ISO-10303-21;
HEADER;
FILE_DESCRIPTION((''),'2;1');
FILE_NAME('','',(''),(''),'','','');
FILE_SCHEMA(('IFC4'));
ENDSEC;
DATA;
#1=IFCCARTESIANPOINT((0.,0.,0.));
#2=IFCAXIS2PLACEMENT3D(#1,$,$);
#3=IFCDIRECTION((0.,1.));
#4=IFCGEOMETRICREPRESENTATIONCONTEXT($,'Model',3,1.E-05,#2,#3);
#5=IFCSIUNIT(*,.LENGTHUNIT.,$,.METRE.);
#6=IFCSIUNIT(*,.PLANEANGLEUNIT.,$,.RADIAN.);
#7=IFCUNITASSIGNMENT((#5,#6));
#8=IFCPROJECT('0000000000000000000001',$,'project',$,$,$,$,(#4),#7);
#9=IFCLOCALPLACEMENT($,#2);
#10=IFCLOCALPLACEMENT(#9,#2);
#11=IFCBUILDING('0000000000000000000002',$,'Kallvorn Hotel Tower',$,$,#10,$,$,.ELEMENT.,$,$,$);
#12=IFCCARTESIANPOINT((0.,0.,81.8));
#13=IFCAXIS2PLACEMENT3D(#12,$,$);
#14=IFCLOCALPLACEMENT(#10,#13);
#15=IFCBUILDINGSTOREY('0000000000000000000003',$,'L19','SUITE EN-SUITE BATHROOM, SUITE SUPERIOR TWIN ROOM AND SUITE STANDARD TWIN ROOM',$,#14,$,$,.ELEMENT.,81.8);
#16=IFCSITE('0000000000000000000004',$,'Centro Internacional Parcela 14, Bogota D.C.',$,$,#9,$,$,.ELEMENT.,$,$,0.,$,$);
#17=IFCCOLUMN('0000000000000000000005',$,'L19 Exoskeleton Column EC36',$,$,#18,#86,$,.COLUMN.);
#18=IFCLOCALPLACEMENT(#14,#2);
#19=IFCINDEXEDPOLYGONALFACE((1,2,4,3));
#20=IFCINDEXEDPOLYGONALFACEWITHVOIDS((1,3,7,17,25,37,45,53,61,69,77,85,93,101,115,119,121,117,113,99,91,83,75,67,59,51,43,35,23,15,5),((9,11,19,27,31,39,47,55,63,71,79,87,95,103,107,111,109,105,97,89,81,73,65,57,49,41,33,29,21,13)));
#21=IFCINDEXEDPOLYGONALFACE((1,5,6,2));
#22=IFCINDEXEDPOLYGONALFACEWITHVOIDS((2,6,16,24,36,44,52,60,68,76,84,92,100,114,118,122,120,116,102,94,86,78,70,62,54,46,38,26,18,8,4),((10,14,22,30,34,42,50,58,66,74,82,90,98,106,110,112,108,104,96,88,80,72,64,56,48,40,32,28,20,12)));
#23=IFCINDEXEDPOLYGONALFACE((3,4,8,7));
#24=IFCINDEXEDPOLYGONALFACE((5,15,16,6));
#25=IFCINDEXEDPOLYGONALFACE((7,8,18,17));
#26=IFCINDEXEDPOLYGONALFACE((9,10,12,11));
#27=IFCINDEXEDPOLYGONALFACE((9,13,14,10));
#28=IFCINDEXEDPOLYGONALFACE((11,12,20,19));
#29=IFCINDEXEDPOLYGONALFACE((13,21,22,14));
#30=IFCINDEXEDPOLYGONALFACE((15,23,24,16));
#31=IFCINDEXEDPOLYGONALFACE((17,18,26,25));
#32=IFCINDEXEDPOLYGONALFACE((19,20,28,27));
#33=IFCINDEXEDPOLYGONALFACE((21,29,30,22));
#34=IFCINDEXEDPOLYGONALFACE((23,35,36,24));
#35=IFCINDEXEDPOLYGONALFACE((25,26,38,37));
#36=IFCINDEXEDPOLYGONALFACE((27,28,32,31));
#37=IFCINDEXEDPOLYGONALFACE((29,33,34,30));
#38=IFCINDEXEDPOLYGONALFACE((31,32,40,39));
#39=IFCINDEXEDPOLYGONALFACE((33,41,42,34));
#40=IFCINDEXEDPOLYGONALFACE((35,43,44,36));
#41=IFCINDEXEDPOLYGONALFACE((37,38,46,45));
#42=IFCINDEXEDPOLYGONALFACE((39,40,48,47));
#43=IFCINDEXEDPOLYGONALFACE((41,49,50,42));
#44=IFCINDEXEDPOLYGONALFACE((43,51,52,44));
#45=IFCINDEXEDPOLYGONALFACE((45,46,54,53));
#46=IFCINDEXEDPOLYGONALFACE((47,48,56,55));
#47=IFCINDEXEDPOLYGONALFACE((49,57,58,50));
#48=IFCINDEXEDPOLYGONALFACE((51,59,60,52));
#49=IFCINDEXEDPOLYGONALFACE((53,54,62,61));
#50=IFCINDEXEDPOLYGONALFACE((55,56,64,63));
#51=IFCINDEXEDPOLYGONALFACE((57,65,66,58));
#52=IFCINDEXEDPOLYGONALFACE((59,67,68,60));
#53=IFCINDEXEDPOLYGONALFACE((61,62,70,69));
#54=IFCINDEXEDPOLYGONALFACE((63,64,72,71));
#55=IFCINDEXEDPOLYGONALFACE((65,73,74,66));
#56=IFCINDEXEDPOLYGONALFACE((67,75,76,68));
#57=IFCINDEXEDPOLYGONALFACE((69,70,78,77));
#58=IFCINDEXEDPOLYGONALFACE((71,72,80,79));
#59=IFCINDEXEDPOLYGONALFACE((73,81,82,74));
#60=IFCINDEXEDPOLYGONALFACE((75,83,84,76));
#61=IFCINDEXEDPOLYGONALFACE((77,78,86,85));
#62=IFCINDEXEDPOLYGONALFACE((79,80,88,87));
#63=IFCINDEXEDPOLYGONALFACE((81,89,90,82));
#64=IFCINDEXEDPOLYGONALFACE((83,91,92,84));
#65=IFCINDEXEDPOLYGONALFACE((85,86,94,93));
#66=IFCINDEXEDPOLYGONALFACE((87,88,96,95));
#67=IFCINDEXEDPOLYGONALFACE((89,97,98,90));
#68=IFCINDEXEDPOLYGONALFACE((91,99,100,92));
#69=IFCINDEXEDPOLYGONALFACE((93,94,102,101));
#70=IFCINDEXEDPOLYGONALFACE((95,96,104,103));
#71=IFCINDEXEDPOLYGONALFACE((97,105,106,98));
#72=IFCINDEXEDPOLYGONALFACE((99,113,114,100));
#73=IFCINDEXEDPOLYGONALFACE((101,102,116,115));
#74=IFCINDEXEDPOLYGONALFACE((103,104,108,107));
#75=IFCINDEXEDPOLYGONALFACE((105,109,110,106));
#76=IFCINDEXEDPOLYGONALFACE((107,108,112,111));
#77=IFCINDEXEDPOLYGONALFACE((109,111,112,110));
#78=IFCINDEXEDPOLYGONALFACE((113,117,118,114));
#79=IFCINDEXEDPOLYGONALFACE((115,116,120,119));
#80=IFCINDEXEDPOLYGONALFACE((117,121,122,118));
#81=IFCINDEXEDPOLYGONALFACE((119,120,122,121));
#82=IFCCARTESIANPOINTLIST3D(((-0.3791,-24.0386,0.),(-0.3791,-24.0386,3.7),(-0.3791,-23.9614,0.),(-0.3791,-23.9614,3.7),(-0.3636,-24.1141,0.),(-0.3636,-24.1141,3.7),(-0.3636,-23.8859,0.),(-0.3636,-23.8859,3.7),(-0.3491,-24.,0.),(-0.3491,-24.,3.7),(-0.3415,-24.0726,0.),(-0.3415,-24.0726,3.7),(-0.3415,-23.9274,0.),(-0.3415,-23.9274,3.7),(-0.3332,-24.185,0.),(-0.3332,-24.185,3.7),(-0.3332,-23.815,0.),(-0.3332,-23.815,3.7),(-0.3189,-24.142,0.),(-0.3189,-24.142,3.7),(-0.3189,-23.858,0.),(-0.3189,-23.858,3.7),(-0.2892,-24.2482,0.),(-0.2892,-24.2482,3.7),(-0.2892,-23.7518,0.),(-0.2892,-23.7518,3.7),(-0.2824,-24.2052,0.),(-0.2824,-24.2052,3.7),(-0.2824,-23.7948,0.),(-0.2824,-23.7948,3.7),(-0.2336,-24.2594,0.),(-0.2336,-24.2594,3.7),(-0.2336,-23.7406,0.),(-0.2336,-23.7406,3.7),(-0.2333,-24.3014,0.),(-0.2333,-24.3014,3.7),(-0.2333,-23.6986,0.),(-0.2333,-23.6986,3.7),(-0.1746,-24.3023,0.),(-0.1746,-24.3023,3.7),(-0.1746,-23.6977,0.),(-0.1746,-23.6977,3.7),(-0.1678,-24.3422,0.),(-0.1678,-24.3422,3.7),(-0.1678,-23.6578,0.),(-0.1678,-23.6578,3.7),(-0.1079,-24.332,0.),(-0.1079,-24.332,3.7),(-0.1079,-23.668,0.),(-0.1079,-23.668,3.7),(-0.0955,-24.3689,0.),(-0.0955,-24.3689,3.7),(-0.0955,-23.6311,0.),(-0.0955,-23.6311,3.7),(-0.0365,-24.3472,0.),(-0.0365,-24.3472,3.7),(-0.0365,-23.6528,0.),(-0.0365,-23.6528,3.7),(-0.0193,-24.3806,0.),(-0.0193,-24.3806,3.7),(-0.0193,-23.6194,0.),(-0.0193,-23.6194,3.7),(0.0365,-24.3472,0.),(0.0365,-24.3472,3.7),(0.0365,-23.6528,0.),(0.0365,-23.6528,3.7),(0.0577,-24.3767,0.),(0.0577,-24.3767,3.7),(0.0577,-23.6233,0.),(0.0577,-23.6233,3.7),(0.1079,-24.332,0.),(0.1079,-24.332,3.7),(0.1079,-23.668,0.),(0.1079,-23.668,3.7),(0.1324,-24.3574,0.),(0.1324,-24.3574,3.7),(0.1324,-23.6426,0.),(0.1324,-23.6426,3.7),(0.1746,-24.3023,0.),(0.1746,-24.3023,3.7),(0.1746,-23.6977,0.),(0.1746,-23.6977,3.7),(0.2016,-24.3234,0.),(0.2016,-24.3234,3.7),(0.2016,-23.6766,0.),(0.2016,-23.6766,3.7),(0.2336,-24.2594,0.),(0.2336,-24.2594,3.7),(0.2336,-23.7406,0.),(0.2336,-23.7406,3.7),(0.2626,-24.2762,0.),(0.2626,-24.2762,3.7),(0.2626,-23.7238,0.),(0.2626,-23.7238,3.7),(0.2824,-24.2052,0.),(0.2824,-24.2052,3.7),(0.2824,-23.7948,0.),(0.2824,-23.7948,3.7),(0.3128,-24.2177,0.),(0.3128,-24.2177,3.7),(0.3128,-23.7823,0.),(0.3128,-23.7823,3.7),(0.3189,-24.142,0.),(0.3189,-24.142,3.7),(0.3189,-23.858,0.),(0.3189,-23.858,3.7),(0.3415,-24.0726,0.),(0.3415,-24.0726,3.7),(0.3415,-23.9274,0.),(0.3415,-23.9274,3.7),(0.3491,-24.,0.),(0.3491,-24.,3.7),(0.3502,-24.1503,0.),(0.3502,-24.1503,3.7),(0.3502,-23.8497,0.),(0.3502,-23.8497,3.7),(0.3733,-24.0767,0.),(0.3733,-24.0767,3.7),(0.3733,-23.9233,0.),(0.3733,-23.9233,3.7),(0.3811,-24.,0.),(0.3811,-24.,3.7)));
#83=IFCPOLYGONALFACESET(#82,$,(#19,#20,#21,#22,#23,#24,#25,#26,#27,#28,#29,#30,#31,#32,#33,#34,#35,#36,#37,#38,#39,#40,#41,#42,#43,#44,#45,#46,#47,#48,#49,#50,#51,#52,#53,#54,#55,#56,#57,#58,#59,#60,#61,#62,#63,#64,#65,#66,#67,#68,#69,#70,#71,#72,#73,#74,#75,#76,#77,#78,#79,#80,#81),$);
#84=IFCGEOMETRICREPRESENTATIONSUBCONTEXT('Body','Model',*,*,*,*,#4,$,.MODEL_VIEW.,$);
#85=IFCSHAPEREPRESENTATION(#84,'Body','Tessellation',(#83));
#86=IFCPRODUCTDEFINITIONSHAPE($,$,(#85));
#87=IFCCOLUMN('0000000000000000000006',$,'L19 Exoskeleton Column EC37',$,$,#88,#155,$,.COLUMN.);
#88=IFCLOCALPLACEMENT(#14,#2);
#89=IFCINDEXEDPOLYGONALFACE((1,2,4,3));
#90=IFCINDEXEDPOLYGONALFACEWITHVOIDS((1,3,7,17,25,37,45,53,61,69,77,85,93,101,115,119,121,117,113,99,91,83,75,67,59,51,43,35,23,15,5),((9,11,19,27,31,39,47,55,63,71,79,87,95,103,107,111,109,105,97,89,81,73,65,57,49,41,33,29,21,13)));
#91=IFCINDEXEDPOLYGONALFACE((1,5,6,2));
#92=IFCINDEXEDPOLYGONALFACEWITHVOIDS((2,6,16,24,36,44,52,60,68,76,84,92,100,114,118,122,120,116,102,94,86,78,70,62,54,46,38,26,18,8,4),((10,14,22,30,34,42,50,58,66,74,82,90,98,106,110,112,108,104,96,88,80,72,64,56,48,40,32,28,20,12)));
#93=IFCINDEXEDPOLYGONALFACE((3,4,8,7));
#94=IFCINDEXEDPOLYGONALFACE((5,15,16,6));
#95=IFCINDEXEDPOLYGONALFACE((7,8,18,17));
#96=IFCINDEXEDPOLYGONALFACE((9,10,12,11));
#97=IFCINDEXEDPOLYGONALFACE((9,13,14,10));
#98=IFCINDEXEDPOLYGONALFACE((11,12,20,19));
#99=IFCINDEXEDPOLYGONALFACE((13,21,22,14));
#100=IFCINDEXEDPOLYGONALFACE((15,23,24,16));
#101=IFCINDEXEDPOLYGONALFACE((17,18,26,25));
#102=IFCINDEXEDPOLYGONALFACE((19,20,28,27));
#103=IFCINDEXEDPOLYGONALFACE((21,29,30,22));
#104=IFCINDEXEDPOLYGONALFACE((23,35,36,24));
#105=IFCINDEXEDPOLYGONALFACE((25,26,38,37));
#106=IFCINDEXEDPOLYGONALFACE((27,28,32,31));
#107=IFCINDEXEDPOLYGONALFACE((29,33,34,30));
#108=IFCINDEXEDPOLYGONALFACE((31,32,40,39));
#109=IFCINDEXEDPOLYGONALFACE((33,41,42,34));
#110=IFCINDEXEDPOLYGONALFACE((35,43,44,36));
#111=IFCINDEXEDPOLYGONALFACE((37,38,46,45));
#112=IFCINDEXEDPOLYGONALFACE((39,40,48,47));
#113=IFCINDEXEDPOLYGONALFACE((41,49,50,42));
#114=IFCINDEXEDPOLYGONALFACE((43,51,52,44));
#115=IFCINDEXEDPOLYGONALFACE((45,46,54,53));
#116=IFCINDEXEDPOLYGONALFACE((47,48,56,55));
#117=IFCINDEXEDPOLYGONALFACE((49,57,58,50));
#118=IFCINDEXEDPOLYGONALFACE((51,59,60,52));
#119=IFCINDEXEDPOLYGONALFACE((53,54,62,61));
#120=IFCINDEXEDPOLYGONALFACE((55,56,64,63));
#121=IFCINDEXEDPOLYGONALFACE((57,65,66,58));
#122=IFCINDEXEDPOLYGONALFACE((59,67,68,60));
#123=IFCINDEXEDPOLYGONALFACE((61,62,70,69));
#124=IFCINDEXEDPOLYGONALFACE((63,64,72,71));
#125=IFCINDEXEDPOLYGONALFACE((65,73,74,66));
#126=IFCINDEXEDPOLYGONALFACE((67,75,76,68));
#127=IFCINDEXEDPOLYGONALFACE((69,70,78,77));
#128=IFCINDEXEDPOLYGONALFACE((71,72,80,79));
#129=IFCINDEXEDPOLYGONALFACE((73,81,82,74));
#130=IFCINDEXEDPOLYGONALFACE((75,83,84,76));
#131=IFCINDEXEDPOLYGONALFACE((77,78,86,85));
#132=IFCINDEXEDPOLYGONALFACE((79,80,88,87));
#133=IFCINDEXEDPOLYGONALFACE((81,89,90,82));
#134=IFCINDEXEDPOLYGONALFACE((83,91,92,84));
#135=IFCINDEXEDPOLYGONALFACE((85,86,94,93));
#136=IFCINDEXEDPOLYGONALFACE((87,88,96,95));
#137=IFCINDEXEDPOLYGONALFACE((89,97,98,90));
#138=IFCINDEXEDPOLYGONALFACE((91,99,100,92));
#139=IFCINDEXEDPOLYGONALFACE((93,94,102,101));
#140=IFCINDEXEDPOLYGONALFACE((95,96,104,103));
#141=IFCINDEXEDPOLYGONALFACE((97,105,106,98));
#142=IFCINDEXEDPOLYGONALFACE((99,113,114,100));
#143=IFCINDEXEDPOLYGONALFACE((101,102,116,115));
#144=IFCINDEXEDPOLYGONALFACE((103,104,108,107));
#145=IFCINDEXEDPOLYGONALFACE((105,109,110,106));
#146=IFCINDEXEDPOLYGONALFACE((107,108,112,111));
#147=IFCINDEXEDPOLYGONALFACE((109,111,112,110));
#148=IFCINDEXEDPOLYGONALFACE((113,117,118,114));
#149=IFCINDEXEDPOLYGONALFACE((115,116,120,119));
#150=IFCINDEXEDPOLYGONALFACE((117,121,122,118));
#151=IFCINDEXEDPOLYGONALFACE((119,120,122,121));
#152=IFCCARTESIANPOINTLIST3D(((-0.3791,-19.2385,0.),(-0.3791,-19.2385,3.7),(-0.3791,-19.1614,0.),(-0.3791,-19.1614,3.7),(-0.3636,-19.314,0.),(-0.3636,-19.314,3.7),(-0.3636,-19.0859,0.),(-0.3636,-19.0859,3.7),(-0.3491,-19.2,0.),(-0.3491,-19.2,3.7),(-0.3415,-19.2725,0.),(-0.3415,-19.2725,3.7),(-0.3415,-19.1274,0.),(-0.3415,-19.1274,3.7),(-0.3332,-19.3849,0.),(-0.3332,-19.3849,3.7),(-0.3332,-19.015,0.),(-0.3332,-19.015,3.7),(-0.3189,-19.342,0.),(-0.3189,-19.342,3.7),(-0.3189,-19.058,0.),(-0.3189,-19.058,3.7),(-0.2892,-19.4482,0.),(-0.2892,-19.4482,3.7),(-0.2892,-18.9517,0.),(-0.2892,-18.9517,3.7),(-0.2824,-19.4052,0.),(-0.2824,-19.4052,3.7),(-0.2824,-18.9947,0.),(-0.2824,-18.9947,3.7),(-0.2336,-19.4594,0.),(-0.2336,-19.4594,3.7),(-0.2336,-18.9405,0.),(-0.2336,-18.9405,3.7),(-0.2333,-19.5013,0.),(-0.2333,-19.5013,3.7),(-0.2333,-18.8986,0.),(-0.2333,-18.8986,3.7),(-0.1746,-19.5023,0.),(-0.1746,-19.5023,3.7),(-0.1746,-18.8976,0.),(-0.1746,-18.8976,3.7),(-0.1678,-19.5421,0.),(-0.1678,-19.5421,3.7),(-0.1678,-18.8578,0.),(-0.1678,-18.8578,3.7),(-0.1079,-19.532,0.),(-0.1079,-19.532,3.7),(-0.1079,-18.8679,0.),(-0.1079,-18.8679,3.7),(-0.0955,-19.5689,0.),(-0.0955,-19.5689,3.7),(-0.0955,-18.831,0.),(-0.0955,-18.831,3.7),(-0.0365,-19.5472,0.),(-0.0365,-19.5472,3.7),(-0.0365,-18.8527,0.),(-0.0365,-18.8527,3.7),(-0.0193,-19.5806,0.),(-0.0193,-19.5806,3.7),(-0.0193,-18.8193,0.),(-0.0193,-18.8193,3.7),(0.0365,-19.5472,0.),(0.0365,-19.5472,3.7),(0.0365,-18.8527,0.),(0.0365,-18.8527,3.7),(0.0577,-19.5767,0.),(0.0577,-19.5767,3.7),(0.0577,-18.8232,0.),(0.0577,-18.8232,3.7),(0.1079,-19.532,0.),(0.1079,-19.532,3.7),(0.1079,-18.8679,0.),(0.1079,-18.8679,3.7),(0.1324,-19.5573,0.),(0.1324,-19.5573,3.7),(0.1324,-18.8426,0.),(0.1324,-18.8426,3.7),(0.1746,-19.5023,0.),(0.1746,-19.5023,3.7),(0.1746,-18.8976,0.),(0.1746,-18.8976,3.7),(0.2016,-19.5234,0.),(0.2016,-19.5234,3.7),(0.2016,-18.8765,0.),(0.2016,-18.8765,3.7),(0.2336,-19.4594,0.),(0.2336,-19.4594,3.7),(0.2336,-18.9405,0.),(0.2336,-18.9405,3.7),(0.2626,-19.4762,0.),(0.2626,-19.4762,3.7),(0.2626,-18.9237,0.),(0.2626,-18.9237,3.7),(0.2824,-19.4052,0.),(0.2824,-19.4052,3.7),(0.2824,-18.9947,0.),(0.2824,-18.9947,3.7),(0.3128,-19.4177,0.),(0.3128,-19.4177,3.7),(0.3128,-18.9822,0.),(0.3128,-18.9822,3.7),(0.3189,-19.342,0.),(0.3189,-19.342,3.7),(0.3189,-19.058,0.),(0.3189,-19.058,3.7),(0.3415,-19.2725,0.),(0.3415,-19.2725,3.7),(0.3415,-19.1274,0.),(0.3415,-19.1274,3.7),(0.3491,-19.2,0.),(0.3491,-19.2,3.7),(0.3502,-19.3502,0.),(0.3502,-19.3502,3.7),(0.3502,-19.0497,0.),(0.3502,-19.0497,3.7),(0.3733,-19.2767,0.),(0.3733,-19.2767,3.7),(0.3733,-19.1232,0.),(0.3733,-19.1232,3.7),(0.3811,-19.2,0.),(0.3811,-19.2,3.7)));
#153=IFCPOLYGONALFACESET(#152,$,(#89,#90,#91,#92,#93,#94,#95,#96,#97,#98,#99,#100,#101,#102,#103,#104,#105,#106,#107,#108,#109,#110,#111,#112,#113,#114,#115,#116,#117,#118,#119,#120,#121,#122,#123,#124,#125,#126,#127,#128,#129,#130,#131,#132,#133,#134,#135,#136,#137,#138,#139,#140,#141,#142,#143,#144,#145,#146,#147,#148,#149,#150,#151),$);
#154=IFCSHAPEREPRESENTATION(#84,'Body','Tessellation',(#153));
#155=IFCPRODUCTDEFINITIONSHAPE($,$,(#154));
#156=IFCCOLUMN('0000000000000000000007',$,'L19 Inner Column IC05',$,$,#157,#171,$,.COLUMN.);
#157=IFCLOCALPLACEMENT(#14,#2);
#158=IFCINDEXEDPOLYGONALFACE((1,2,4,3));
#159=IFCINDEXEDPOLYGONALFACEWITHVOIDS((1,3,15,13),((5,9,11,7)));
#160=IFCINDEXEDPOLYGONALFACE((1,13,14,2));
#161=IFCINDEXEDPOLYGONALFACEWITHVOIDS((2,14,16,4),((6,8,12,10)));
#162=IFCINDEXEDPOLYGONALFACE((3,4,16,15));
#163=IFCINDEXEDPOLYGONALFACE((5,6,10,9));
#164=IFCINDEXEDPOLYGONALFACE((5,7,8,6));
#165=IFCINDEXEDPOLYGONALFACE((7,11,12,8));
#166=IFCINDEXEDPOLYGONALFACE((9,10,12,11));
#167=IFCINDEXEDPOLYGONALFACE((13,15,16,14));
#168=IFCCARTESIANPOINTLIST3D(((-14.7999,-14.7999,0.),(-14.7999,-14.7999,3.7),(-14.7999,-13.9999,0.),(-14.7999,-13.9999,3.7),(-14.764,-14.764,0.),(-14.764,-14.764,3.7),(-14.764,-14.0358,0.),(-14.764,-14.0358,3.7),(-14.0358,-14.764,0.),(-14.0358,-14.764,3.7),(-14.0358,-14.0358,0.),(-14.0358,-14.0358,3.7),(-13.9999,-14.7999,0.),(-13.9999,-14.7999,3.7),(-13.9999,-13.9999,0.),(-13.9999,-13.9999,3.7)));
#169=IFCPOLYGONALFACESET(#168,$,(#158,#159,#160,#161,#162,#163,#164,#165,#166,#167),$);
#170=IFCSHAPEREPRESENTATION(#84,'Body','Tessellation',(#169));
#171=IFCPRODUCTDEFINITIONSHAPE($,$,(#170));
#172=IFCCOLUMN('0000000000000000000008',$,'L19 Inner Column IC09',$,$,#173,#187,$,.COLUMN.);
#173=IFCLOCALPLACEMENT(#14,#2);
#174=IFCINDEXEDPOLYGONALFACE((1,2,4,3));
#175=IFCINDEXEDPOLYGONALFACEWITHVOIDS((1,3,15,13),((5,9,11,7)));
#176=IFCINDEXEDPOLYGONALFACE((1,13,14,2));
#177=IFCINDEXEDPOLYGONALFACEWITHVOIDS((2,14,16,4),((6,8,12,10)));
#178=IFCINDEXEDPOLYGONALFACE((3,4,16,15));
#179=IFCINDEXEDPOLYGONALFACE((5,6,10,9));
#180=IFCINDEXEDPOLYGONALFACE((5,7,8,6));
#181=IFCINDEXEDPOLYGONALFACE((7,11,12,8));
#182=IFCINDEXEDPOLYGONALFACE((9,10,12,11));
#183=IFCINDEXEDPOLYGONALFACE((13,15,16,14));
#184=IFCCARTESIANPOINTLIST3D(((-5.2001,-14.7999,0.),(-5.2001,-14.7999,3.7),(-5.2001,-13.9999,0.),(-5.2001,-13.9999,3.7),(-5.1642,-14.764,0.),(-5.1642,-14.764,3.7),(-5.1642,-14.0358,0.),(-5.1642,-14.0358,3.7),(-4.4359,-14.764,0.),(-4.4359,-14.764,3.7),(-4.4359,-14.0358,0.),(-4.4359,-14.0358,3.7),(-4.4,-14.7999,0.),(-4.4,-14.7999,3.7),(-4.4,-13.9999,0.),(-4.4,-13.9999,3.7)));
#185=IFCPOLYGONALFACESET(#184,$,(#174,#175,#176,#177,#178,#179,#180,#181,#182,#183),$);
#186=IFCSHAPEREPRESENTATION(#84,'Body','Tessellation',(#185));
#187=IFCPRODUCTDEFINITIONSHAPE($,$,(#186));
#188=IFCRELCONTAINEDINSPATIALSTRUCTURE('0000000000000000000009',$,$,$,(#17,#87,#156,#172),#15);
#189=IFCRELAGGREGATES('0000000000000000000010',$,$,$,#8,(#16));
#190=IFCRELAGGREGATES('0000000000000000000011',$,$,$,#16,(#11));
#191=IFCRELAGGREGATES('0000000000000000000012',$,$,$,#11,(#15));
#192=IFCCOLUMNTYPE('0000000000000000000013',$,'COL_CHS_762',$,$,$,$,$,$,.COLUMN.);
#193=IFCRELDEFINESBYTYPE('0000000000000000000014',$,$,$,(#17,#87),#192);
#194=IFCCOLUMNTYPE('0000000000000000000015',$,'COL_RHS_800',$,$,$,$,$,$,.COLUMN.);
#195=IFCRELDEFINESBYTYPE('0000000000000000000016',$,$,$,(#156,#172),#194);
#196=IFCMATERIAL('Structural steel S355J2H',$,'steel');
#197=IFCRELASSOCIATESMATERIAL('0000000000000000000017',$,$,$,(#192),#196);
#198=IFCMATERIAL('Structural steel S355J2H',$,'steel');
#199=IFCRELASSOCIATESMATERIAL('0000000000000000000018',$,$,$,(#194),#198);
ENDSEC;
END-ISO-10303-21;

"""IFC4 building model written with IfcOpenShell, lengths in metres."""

from ifc_helpers import new_model, si_unit, direction, frame, origin, origin_2d, place, context, subcontext, project, spatial, hollow_rectangle, hollow_circle, extrude, material, material_profile, profile_set, type_object, element, save


model = new_model("IFC4")

# Units and contexts
model_context = context("Model", 3, precision=1e-05, world=origin(), true_north=direction((0.0, 1.0)))
body_context = subcontext(model_context, "Body", "Model", "MODEL_VIEW")
ifc_project = project(units=[si_unit("LENGTHUNIT", "METRE"), si_unit("PLANEANGLEUNIT", "RADIAN")], contexts=[model_context])

# Site, building, storey
site_placement = place(None, origin())
site = spatial("IfcSite", under=ifc_project, at=site_placement, Name="Centro Internacional Parcela 14, Bogota D.C.", CompositionType="ELEMENT", RefElevation=0.0)
building_placement = place(site_placement, origin())
building = spatial("IfcBuilding", under=site, at=building_placement, Name="Kallvorn Hotel Tower", CompositionType="ELEMENT")
storey_placement = place(building_placement, frame((0.0, 0.0, 81.8)))
storey = spatial("IfcBuildingStorey", under=building, at=storey_placement, Name="L19", Description="SUITE EN-SUITE BATHROOM, SUITE SUPERIOR TWIN ROOM AND SUITE STANDARD TWIN ROOM", CompositionType="ELEMENT", Elevation=81.8)

# Columns
ifc_material_1 = material(Name="Structural steel S355J2H", Category="steel")
ifc_material_profile_1 = material_profile(ifc_material_1, hollow_circle(Radius=0.3811, WallThickness=0.032, at=origin_2d()), Name="CHS 762x32")
ifc_profile_set_1 = profile_set([ifc_material_profile_1], Name="Structural steel S355J2H")
column_type_1 = type_object("IfcColumnType", Name="COL_CHS_762", PredefinedType="COLUMN", material=ifc_profile_set_1)
for number, where, z_axis, x_axis, name in (
    (1, (0.0, -24.0, 0.0), (0.0, 0.0, 1.0), (1.0, 0.0, 0.0), "L19 Exoskeleton Column EC36"),
    (2, (0.0, -19.2, 0.0), (0.0, 0.0, 1.0), (1.0, 0.0, 0.0), "L19 Exoskeleton Column EC37"),
):
    element("IfcColumn", number, at=place(storey_placement, frame(where, z_axis=z_axis, x_axis=x_axis)), inside=storey, type_object=column_type_1, Name=name, PredefinedType="COLUMN", context=body_context, shape_type="SweptSolid", body=[
        extrude(hollow_circle(Radius=0.3811, WallThickness=0.032, at=origin_2d()), origin(), (0.0, 0.0, 1.0), 3.7),
    ])
ifc_material_2 = material(Name="Structural steel S355J2H", Category="steel")
ifc_material_profile_2 = material_profile(ifc_material_2, hollow_rectangle(XDim=0.8, YDim=0.8, WallThickness=0.0359, at=origin_2d()), Name="RHS 800x800x36")
ifc_profile_set_2 = profile_set([ifc_material_profile_2], Name="Structural steel S355J2H")
column_type_2 = type_object("IfcColumnType", Name="COL_RHS_800", PredefinedType="COLUMN", material=ifc_profile_set_2)
for number, where, z_axis, x_axis, name in (
    (3, (-14.3999, -14.3999, 0.0), (0.0, 0.0, 1.0), (1.0, 0.0, 0.0), "L19 Inner Column IC05"),
    (4, (-4.8, -14.3999, 0.0), (0.0, 0.0, 1.0), (1.0, 0.0, 0.0), "L19 Inner Column IC09"),
):
    element("IfcColumn", number, at=place(storey_placement, frame(where, z_axis=z_axis, x_axis=x_axis)), inside=storey, type_object=column_type_2, Name=name, PredefinedType="COLUMN", context=body_context, shape_type="SweptSolid", body=[
        extrude(hollow_rectangle(XDim=0.8, YDim=0.8, WallThickness=0.0359, at=origin_2d()), origin(), (0.0, 0.0, 1.0), 3.7),
    ])

save(model, "model.ifc")
